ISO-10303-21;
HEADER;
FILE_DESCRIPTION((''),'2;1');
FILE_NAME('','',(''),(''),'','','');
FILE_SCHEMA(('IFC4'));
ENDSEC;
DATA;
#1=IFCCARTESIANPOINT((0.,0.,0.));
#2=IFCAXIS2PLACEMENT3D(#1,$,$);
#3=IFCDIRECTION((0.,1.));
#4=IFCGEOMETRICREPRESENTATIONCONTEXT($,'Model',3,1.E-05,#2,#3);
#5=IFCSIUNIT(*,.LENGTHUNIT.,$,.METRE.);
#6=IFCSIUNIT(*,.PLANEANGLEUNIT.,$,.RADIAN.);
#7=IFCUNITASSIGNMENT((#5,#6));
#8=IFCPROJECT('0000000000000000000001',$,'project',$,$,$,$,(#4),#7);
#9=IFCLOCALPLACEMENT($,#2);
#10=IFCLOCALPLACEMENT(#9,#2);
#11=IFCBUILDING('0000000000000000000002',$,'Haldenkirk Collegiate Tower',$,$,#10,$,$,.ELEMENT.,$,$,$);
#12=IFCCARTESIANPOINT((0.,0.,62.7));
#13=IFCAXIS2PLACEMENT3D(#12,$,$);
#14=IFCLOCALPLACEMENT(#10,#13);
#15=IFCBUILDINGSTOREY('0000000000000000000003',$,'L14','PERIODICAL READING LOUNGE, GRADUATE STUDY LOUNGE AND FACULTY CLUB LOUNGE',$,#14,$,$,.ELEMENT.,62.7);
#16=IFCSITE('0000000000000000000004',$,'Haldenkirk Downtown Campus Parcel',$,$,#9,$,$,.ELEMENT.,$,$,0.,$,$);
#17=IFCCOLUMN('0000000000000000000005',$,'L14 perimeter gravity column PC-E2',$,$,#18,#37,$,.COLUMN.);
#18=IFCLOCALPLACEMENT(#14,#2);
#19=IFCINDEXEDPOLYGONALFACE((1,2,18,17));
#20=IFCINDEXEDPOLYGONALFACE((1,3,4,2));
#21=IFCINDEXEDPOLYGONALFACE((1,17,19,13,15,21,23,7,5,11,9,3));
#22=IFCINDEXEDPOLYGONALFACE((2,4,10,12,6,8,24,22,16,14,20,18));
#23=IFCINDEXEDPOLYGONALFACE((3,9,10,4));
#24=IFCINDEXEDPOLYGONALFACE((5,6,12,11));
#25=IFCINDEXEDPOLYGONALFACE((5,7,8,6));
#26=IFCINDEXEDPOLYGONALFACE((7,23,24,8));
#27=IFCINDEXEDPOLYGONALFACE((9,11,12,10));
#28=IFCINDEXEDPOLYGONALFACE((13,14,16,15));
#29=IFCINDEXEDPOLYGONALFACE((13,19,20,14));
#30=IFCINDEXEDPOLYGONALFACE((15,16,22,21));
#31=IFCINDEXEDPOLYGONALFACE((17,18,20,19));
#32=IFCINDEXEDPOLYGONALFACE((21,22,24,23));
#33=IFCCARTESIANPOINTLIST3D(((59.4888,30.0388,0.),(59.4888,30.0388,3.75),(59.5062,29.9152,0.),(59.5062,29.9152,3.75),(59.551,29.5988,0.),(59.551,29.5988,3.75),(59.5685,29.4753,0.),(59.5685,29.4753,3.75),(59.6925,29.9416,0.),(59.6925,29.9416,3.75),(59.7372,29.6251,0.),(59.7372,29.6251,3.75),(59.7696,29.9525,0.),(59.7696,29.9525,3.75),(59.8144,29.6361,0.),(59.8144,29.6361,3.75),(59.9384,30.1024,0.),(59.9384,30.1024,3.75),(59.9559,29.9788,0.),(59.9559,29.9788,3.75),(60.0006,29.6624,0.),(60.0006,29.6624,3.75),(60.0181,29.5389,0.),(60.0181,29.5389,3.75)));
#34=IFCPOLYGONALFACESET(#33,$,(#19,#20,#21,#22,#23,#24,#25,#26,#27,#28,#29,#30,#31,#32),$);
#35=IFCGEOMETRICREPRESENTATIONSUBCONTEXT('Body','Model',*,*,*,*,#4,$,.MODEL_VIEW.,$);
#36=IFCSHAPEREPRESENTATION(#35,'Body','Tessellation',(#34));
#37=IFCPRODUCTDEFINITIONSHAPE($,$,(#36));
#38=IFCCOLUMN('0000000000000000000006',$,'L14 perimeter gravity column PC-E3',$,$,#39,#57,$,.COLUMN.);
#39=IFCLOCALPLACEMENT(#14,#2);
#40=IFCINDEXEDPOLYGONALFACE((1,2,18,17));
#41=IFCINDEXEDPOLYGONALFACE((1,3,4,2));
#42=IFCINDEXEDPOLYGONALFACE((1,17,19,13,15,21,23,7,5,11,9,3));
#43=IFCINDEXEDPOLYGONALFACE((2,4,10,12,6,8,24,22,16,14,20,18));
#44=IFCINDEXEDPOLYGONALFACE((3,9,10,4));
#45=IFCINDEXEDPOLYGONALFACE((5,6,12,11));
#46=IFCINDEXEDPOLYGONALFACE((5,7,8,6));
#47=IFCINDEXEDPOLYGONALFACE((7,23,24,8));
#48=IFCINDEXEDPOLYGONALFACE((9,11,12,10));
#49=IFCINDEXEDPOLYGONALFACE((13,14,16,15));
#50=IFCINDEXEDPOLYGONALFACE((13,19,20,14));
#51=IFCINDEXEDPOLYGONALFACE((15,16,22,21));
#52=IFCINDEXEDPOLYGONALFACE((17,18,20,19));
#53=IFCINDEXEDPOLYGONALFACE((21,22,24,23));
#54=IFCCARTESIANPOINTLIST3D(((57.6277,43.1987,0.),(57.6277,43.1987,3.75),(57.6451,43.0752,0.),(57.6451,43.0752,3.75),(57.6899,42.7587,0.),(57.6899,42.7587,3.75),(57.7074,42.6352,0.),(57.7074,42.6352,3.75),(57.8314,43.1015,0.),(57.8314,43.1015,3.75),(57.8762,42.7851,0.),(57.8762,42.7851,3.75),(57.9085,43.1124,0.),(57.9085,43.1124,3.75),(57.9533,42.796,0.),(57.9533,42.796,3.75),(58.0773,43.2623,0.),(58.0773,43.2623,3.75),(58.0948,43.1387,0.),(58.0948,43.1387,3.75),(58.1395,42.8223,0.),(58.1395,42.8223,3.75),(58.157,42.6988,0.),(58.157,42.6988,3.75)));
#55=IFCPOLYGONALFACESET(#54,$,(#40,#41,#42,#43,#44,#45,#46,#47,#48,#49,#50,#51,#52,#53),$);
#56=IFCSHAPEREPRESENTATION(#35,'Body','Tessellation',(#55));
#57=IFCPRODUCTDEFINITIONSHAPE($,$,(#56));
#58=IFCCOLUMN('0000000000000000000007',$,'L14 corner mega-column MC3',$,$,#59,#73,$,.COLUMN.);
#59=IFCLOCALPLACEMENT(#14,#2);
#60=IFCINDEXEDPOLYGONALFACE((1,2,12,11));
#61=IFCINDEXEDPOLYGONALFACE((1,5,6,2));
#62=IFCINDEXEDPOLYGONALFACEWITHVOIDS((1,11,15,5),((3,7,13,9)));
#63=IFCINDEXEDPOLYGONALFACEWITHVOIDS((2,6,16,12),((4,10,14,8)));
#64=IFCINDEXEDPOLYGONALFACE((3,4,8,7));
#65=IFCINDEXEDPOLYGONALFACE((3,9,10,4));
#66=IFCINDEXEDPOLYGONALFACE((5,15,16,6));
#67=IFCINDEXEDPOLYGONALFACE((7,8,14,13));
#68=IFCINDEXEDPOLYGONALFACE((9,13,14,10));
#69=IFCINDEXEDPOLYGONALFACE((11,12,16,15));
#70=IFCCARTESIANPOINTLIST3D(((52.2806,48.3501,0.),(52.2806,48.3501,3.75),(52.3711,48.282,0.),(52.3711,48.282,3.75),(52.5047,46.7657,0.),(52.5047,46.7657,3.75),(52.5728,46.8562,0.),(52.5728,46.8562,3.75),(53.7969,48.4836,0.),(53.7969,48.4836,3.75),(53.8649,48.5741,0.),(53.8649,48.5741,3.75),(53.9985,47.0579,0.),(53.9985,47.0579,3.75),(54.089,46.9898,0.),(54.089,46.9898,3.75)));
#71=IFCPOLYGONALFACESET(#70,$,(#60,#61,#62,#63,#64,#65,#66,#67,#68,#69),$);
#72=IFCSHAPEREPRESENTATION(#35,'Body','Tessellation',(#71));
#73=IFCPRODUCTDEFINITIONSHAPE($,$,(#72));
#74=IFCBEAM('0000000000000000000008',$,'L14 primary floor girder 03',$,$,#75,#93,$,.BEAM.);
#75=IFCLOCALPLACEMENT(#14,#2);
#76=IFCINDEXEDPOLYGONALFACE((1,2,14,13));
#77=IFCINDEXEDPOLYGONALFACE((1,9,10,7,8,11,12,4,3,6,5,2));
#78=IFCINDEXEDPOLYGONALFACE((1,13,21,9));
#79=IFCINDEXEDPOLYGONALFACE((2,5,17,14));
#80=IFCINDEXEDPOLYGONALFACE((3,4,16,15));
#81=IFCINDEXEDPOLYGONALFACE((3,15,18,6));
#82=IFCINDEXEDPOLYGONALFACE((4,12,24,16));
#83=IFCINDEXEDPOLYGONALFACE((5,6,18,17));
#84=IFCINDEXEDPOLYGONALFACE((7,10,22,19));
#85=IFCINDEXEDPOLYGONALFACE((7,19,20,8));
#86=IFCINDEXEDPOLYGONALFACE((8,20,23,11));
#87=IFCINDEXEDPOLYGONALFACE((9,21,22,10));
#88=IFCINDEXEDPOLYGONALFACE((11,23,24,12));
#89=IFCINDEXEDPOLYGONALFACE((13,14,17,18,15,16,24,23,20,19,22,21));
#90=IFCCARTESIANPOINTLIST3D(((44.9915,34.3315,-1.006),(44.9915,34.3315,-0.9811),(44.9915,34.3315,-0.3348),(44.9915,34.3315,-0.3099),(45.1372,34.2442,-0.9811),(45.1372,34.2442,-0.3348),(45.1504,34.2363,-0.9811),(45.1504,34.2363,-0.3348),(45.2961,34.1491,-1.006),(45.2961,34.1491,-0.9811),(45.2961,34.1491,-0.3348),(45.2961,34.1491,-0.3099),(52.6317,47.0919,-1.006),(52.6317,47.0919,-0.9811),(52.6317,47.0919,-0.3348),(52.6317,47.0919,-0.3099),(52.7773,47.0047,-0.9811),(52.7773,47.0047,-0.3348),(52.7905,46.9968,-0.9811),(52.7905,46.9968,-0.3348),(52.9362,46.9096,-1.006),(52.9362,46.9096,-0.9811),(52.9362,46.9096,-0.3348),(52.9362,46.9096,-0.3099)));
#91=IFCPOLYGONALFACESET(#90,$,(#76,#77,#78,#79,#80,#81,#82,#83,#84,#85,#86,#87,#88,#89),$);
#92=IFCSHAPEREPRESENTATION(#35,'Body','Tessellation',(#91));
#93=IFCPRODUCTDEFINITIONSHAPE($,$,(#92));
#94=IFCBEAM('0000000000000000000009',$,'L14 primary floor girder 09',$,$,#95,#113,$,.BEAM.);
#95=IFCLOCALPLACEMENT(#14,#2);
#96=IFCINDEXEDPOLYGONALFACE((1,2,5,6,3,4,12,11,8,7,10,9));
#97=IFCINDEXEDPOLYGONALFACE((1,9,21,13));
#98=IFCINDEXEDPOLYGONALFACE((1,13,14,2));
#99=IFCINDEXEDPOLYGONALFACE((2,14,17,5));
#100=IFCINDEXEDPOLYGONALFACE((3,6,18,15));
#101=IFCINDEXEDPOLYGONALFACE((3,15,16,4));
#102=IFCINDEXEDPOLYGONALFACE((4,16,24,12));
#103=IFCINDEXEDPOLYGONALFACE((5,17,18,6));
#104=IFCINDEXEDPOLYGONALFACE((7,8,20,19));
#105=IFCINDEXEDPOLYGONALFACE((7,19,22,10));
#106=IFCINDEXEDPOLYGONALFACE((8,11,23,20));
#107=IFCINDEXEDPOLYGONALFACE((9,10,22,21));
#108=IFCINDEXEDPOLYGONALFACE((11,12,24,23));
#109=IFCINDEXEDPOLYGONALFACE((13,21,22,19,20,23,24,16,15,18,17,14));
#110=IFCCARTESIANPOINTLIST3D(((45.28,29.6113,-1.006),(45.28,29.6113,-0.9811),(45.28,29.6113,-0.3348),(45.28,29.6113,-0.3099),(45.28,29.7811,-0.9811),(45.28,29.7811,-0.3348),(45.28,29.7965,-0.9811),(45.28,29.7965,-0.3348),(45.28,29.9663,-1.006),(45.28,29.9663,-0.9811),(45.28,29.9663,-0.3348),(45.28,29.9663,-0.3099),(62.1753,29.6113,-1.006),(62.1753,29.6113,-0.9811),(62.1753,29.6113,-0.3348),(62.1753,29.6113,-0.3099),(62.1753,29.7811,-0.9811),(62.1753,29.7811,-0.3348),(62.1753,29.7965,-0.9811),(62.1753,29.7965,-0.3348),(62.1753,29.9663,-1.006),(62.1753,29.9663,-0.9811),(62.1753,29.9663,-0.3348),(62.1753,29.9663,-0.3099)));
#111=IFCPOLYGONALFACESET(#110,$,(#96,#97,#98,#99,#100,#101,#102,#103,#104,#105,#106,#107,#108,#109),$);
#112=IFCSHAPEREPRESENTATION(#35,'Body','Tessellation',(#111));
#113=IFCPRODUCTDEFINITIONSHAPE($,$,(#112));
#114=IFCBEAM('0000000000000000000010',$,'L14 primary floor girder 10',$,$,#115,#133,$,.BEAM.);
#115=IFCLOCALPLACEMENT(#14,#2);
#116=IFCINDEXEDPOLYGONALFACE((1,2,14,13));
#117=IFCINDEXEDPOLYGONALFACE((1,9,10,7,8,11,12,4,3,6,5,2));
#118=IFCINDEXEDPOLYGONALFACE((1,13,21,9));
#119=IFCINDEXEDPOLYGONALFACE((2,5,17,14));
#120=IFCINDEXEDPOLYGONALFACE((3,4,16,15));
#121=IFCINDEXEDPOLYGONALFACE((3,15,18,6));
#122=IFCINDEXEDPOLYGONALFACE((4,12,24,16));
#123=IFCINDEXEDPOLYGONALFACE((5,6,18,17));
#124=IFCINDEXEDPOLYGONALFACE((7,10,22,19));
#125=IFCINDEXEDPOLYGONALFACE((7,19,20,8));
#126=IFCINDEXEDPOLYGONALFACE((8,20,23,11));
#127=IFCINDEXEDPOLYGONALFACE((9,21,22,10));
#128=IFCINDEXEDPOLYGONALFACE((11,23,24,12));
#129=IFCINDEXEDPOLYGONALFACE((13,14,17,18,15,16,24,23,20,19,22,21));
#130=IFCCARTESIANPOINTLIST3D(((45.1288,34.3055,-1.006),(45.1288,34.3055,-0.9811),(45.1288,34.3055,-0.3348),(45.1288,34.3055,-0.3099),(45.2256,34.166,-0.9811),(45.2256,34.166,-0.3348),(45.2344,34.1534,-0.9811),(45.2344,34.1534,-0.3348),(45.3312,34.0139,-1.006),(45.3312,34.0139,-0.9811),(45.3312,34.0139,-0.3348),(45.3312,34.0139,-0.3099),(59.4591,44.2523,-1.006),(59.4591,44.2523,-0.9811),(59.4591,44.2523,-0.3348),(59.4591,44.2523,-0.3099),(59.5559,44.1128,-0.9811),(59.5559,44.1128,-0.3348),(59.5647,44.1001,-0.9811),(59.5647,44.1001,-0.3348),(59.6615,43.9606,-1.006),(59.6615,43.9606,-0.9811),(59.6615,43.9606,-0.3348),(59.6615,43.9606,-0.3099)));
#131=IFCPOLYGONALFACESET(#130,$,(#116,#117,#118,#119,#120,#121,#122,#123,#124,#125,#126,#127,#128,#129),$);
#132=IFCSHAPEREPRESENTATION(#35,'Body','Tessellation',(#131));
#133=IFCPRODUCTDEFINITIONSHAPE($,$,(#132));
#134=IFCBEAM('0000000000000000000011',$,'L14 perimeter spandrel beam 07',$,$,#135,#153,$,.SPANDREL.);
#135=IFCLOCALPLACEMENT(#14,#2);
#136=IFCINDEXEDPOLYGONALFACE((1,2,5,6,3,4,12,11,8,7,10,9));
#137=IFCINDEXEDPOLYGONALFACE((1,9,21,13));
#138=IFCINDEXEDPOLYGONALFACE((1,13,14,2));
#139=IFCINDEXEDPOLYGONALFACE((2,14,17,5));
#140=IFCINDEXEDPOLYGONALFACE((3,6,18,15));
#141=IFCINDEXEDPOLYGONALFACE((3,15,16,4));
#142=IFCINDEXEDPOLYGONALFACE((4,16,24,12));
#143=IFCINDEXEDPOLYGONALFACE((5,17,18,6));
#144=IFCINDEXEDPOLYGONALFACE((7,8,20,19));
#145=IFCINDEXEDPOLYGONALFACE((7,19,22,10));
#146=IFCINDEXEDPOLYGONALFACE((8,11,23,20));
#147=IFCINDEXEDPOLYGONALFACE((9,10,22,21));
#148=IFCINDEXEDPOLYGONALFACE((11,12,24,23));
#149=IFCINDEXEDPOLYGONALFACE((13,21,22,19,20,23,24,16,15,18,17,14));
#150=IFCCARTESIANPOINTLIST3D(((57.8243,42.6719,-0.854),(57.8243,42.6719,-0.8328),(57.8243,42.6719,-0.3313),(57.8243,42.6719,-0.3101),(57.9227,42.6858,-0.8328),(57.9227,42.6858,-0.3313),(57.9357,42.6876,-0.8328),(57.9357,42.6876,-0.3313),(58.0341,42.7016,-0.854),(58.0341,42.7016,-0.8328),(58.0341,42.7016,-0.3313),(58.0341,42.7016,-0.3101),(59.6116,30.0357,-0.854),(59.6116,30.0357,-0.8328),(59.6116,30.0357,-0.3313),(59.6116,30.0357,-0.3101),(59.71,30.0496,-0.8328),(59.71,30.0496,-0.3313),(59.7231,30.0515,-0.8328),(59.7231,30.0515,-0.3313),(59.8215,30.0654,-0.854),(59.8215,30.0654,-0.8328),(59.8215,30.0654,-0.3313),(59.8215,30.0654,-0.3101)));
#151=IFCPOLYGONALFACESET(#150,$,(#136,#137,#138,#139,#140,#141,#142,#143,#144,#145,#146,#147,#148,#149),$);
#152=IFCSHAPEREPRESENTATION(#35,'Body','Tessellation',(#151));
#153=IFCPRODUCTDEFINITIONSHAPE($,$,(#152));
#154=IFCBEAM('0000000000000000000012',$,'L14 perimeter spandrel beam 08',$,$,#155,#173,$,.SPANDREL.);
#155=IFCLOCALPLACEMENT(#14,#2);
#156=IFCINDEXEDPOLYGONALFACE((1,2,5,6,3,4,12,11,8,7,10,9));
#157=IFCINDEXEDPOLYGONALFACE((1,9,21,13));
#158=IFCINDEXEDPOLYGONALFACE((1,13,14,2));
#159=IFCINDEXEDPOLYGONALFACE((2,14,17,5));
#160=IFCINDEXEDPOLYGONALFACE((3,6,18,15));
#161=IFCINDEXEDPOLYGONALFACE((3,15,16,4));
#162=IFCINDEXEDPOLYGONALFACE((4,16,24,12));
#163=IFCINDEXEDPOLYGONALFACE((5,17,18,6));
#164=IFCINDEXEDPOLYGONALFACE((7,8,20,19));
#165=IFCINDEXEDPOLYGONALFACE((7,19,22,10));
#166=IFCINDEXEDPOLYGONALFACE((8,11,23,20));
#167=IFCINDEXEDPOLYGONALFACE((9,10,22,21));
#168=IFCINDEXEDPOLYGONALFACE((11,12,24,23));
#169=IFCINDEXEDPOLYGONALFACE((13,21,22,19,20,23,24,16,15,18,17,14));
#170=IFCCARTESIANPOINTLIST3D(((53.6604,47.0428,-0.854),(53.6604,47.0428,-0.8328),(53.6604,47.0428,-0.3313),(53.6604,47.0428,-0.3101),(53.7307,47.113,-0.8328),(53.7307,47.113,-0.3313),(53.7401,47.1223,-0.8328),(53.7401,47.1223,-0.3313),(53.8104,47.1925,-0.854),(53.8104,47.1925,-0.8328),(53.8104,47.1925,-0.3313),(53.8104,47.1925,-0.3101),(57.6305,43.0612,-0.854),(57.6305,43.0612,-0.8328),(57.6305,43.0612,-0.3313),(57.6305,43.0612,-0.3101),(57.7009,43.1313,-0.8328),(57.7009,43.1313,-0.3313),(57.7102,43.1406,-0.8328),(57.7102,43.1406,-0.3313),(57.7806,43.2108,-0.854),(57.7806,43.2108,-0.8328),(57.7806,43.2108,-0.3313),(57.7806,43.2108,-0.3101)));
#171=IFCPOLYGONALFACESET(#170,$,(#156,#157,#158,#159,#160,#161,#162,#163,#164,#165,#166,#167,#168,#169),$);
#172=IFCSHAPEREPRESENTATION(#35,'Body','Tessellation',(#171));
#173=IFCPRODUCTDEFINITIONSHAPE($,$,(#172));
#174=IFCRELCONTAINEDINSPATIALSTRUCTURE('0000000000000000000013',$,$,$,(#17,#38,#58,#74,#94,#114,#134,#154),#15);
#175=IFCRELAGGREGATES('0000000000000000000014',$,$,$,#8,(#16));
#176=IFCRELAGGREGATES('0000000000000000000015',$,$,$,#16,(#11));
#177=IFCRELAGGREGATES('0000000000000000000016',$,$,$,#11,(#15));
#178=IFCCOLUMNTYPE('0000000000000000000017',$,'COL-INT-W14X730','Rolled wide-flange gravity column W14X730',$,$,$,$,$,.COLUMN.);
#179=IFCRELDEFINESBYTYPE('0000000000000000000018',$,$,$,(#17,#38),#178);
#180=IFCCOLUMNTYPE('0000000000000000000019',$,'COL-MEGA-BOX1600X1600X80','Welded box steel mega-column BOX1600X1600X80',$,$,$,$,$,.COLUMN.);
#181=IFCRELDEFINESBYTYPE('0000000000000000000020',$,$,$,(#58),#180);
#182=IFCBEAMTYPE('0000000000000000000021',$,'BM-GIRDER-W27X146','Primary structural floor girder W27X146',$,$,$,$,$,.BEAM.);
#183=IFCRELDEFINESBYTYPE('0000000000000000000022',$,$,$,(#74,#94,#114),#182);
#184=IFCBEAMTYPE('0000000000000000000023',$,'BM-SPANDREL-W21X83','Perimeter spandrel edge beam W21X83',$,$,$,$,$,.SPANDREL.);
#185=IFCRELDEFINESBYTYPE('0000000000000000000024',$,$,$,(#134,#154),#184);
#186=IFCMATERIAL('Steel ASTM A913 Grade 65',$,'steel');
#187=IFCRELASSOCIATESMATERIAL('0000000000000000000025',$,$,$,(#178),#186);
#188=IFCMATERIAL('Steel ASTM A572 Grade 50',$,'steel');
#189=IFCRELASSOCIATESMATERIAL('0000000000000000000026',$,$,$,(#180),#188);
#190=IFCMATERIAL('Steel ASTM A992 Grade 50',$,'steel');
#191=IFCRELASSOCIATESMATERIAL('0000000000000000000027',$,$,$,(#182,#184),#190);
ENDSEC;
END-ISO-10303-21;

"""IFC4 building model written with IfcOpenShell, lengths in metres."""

from ifc_helpers import new_model, si_unit, direction, frame, origin, origin_2d, place, context, subcontext, project, spatial, hollow_rectangle, i_section, extrude, material, material_profile, profile_set, type_object, element, save


model = new_model("IFC4")

# Units and contexts
model_context = context("Model", 3, precision=1e-05, world=origin(), true_north=direction((0.0, 1.0)))
body_context = subcontext(model_context, "Body", "Model", "MODEL_VIEW")
ifc_project = project(units=[si_unit("LENGTHUNIT", "METRE"), si_unit("PLANEANGLEUNIT", "RADIAN")], contexts=[model_context])

# Site, building, storey
site_placement = place(None, origin())
site = spatial("IfcSite", under=ifc_project, at=site_placement, Name="Haldenkirk Downtown Campus Parcel", CompositionType="ELEMENT", RefElevation=0.0)
building_placement = place(site_placement, origin())
building = spatial("IfcBuilding", under=site, at=building_placement, Name="Haldenkirk Collegiate Tower", CompositionType="ELEMENT")
storey_placement = place(building_placement, frame((0.0, 0.0, 62.7)))
storey = spatial("IfcBuildingStorey", under=building, at=storey_placement, Name="L14", Description="PERIODICAL READING LOUNGE, GRADUATE STUDY LOUNGE AND FACULTY CLUB LOUNGE", CompositionType="ELEMENT", Elevation=62.7)

# Columns
ifc_material_1 = material(Name="Steel ASTM A913 Grade 65", Category="steel")
ifc_material_profile_1 = material_profile(ifc_material_1, i_section(OverallWidth=0.4541, OverallDepth=0.5691, WebThickness=0.0779, FlangeThickness=0.1248, at=origin_2d()), Name="W14X730")
ifc_profile_set_1 = profile_set([ifc_material_profile_1], Name="Steel ASTM A913 Grade 65")
column_type_1 = type_object("IfcColumnType", Name="COL-INT-W14X730", Description="Rolled wide-flange gravity column W14X730", PredefinedType="COLUMN", material=ifc_profile_set_1)
for number, where, z_axis, x_axis, name in (
    (1, (59.7534, 29.7888, 0.0), (0.0, 0.0, 1.0), (0.990146, 0.140037, 0.0), "L14 perimeter gravity column PC-E2"),
    (2, (57.8923, 42.9487, 0.0), (0.0, 0.0, 1.0), (0.990146, 0.140037, 0.0), "L14 perimeter gravity column PC-E3"),
):
    element("IfcColumn", number, at=place(storey_placement, frame(where, z_axis=z_axis, x_axis=x_axis)), inside=storey, type_object=column_type_1, Name=name, PredefinedType="COLUMN", context=body_context, shape_type="SweptSolid", body=[
        extrude(i_section(OverallWidth=0.4541, OverallDepth=0.5691, WebThickness=0.0779, FlangeThickness=0.1248, at=origin_2d()), origin(), (0.0, 0.0, 1.0), 3.75),
    ])
ifc_material_2 = material(Name="Steel ASTM A572 Grade 50", Category="steel")
ifc_material_profile_2 = material_profile(ifc_material_2, hollow_rectangle(XDim=1.6001, YDim=1.6001, WallThickness=0.0801, at=origin_2d()), Name="BOX1600X1600X80")
ifc_profile_set_2 = profile_set([ifc_material_profile_2], Name="Steel ASTM A572 Grade 50")
column_type_2 = type_object("IfcColumnType", Name="COL-MEGA-BOX1600X1600X80", Description="Welded box steel mega-column BOX1600X1600X80", PredefinedType="COLUMN", material=ifc_profile_set_2)
column_placement = place(storey_placement, frame((53.1848, 47.6699, 0.0), z_axis=(0.0, 0.0, 1.0), x_axis=(0.990146, 0.140037, 0.0)))
element("IfcColumn", 3, at=column_placement, inside=storey, type_object=column_type_2, Name="L14 corner mega-column MC3", PredefinedType="COLUMN", context=body_context, shape_type="SweptSolid", body=[
    extrude(hollow_rectangle(XDim=1.6001, YDim=1.6001, WallThickness=0.0801, at=origin_2d()), origin(), (0.0, 0.0, 1.0), 3.75),
])

# Beams
ifc_material_3 = material(Name="Steel ASTM A992 Grade 50", Category="steel")
ifc_material_profile_3 = material_profile(ifc_material_3, i_section(OverallWidth=0.355, OverallDepth=0.696, WebThickness=0.0154, FlangeThickness=0.0249, at=origin_2d()), Name="W27X146")
ifc_profile_set_3 = profile_set([ifc_material_profile_3], Name="Steel ASTM A992 Grade 50")
beam_type_1 = type_object("IfcBeamType", Name="BM-GIRDER-W27X146", Description="Primary structural floor girder W27X146", PredefinedType="BEAM", material=ifc_profile_set_3)
beam_1_placement = place(storey_placement, frame((52.7839, 47.0007, -0.658), z_axis=(-0.513696, -0.857972, 0.0), x_axis=(0.857972, -0.513696, 0.0)))
element("IfcBeam", 4, at=beam_1_placement, inside=storey, type_object=beam_type_1, Name="L14 primary floor girder 03", PredefinedType="BEAM", context=body_context, shape_type="SweptSolid", body=[
    extrude(i_section(OverallWidth=0.355, OverallDepth=0.696, WebThickness=0.0154, FlangeThickness=0.0249, at=origin_2d()), origin(), (0.0, 0.0, 1.0), 14.8728),
])
beam_2_placement = place(storey_placement, frame((62.1753, 29.7888, -0.658), z_axis=(-1.0, 0.0, 0.0), x_axis=(0.0, -1.0, 0.0)))
element("IfcBeam", 5, at=beam_2_placement, inside=storey, type_object=beam_type_1, Name="L14 primary floor girder 09", PredefinedType="BEAM", context=body_context, shape_type="SweptSolid", body=[
    extrude(i_section(OverallWidth=0.355, OverallDepth=0.696, WebThickness=0.0154, FlangeThickness=0.0249, at=origin_2d()), origin(), (0.0, 0.0, 1.0), 16.8953),
])
beam_3_placement = place(storey_placement, frame((59.5603, 44.1064, -0.658), z_axis=(-0.8215, -0.570209, 0.0), x_axis=(0.570209, -0.8215, 0.0)))
element("IfcBeam", 6, at=beam_3_placement, inside=storey, type_object=beam_type_1, Name="L14 primary floor girder 10", PredefinedType="BEAM", context=body_context, shape_type="SweptSolid", body=[
    extrude(i_section(OverallWidth=0.355, OverallDepth=0.696, WebThickness=0.0154, FlangeThickness=0.0249, at=origin_2d()), origin(), (0.0, 0.0, 1.0), 17.4441),
])
ifc_material_profile_4 = material_profile(ifc_material_3, i_section(OverallWidth=0.2119, OverallDepth=0.5439, WebThickness=0.0132, FlangeThickness=0.0212, at=origin_2d()), Name="W21X83")
ifc_profile_set_4 = profile_set([ifc_material_profile_4], Name="Steel ASTM A992 Grade 50")
beam_type_2 = type_object("IfcBeamType", Name="BM-SPANDREL-W21X83", Description="Perimeter spandrel edge beam W21X83", PredefinedType="SPANDREL", material=ifc_profile_set_4)
beam_4_placement = place(storey_placement, frame((59.7166, 30.0505, -0.582), z_axis=(-0.140053, 0.990144, 0.0), x_axis=(-0.990144, -0.140053, 0.0)))
element("IfcBeam", 7, at=beam_4_placement, inside=storey, type_object=beam_type_2, Name="L14 perimeter spandrel beam 07", PredefinedType="SPANDREL", context=body_context, shape_type="SweptSolid", body=[
    extrude(i_section(OverallWidth=0.2119, OverallDepth=0.5439, WebThickness=0.0132, FlangeThickness=0.0212, at=origin_2d()), origin(), (0.0, 0.0, 1.0), 12.762),
])
beam_5_placement = place(storey_placement, frame((57.7056, 43.136, -0.582), z_axis=(-0.706086, 0.708126, 0.0), x_axis=(-0.708126, -0.706086, 0.0)))
element("IfcBeam", 8, at=beam_5_placement, inside=storey, type_object=beam_type_2, Name="L14 perimeter spandrel beam 08", PredefinedType="SPANDREL", context=body_context, shape_type="SweptSolid", body=[
    extrude(i_section(OverallWidth=0.2119, OverallDepth=0.5439, WebThickness=0.0132, FlangeThickness=0.0212, at=origin_2d()), origin(), (0.0, 0.0, 1.0), 5.6228),
])

save(model, "model.ifc")
